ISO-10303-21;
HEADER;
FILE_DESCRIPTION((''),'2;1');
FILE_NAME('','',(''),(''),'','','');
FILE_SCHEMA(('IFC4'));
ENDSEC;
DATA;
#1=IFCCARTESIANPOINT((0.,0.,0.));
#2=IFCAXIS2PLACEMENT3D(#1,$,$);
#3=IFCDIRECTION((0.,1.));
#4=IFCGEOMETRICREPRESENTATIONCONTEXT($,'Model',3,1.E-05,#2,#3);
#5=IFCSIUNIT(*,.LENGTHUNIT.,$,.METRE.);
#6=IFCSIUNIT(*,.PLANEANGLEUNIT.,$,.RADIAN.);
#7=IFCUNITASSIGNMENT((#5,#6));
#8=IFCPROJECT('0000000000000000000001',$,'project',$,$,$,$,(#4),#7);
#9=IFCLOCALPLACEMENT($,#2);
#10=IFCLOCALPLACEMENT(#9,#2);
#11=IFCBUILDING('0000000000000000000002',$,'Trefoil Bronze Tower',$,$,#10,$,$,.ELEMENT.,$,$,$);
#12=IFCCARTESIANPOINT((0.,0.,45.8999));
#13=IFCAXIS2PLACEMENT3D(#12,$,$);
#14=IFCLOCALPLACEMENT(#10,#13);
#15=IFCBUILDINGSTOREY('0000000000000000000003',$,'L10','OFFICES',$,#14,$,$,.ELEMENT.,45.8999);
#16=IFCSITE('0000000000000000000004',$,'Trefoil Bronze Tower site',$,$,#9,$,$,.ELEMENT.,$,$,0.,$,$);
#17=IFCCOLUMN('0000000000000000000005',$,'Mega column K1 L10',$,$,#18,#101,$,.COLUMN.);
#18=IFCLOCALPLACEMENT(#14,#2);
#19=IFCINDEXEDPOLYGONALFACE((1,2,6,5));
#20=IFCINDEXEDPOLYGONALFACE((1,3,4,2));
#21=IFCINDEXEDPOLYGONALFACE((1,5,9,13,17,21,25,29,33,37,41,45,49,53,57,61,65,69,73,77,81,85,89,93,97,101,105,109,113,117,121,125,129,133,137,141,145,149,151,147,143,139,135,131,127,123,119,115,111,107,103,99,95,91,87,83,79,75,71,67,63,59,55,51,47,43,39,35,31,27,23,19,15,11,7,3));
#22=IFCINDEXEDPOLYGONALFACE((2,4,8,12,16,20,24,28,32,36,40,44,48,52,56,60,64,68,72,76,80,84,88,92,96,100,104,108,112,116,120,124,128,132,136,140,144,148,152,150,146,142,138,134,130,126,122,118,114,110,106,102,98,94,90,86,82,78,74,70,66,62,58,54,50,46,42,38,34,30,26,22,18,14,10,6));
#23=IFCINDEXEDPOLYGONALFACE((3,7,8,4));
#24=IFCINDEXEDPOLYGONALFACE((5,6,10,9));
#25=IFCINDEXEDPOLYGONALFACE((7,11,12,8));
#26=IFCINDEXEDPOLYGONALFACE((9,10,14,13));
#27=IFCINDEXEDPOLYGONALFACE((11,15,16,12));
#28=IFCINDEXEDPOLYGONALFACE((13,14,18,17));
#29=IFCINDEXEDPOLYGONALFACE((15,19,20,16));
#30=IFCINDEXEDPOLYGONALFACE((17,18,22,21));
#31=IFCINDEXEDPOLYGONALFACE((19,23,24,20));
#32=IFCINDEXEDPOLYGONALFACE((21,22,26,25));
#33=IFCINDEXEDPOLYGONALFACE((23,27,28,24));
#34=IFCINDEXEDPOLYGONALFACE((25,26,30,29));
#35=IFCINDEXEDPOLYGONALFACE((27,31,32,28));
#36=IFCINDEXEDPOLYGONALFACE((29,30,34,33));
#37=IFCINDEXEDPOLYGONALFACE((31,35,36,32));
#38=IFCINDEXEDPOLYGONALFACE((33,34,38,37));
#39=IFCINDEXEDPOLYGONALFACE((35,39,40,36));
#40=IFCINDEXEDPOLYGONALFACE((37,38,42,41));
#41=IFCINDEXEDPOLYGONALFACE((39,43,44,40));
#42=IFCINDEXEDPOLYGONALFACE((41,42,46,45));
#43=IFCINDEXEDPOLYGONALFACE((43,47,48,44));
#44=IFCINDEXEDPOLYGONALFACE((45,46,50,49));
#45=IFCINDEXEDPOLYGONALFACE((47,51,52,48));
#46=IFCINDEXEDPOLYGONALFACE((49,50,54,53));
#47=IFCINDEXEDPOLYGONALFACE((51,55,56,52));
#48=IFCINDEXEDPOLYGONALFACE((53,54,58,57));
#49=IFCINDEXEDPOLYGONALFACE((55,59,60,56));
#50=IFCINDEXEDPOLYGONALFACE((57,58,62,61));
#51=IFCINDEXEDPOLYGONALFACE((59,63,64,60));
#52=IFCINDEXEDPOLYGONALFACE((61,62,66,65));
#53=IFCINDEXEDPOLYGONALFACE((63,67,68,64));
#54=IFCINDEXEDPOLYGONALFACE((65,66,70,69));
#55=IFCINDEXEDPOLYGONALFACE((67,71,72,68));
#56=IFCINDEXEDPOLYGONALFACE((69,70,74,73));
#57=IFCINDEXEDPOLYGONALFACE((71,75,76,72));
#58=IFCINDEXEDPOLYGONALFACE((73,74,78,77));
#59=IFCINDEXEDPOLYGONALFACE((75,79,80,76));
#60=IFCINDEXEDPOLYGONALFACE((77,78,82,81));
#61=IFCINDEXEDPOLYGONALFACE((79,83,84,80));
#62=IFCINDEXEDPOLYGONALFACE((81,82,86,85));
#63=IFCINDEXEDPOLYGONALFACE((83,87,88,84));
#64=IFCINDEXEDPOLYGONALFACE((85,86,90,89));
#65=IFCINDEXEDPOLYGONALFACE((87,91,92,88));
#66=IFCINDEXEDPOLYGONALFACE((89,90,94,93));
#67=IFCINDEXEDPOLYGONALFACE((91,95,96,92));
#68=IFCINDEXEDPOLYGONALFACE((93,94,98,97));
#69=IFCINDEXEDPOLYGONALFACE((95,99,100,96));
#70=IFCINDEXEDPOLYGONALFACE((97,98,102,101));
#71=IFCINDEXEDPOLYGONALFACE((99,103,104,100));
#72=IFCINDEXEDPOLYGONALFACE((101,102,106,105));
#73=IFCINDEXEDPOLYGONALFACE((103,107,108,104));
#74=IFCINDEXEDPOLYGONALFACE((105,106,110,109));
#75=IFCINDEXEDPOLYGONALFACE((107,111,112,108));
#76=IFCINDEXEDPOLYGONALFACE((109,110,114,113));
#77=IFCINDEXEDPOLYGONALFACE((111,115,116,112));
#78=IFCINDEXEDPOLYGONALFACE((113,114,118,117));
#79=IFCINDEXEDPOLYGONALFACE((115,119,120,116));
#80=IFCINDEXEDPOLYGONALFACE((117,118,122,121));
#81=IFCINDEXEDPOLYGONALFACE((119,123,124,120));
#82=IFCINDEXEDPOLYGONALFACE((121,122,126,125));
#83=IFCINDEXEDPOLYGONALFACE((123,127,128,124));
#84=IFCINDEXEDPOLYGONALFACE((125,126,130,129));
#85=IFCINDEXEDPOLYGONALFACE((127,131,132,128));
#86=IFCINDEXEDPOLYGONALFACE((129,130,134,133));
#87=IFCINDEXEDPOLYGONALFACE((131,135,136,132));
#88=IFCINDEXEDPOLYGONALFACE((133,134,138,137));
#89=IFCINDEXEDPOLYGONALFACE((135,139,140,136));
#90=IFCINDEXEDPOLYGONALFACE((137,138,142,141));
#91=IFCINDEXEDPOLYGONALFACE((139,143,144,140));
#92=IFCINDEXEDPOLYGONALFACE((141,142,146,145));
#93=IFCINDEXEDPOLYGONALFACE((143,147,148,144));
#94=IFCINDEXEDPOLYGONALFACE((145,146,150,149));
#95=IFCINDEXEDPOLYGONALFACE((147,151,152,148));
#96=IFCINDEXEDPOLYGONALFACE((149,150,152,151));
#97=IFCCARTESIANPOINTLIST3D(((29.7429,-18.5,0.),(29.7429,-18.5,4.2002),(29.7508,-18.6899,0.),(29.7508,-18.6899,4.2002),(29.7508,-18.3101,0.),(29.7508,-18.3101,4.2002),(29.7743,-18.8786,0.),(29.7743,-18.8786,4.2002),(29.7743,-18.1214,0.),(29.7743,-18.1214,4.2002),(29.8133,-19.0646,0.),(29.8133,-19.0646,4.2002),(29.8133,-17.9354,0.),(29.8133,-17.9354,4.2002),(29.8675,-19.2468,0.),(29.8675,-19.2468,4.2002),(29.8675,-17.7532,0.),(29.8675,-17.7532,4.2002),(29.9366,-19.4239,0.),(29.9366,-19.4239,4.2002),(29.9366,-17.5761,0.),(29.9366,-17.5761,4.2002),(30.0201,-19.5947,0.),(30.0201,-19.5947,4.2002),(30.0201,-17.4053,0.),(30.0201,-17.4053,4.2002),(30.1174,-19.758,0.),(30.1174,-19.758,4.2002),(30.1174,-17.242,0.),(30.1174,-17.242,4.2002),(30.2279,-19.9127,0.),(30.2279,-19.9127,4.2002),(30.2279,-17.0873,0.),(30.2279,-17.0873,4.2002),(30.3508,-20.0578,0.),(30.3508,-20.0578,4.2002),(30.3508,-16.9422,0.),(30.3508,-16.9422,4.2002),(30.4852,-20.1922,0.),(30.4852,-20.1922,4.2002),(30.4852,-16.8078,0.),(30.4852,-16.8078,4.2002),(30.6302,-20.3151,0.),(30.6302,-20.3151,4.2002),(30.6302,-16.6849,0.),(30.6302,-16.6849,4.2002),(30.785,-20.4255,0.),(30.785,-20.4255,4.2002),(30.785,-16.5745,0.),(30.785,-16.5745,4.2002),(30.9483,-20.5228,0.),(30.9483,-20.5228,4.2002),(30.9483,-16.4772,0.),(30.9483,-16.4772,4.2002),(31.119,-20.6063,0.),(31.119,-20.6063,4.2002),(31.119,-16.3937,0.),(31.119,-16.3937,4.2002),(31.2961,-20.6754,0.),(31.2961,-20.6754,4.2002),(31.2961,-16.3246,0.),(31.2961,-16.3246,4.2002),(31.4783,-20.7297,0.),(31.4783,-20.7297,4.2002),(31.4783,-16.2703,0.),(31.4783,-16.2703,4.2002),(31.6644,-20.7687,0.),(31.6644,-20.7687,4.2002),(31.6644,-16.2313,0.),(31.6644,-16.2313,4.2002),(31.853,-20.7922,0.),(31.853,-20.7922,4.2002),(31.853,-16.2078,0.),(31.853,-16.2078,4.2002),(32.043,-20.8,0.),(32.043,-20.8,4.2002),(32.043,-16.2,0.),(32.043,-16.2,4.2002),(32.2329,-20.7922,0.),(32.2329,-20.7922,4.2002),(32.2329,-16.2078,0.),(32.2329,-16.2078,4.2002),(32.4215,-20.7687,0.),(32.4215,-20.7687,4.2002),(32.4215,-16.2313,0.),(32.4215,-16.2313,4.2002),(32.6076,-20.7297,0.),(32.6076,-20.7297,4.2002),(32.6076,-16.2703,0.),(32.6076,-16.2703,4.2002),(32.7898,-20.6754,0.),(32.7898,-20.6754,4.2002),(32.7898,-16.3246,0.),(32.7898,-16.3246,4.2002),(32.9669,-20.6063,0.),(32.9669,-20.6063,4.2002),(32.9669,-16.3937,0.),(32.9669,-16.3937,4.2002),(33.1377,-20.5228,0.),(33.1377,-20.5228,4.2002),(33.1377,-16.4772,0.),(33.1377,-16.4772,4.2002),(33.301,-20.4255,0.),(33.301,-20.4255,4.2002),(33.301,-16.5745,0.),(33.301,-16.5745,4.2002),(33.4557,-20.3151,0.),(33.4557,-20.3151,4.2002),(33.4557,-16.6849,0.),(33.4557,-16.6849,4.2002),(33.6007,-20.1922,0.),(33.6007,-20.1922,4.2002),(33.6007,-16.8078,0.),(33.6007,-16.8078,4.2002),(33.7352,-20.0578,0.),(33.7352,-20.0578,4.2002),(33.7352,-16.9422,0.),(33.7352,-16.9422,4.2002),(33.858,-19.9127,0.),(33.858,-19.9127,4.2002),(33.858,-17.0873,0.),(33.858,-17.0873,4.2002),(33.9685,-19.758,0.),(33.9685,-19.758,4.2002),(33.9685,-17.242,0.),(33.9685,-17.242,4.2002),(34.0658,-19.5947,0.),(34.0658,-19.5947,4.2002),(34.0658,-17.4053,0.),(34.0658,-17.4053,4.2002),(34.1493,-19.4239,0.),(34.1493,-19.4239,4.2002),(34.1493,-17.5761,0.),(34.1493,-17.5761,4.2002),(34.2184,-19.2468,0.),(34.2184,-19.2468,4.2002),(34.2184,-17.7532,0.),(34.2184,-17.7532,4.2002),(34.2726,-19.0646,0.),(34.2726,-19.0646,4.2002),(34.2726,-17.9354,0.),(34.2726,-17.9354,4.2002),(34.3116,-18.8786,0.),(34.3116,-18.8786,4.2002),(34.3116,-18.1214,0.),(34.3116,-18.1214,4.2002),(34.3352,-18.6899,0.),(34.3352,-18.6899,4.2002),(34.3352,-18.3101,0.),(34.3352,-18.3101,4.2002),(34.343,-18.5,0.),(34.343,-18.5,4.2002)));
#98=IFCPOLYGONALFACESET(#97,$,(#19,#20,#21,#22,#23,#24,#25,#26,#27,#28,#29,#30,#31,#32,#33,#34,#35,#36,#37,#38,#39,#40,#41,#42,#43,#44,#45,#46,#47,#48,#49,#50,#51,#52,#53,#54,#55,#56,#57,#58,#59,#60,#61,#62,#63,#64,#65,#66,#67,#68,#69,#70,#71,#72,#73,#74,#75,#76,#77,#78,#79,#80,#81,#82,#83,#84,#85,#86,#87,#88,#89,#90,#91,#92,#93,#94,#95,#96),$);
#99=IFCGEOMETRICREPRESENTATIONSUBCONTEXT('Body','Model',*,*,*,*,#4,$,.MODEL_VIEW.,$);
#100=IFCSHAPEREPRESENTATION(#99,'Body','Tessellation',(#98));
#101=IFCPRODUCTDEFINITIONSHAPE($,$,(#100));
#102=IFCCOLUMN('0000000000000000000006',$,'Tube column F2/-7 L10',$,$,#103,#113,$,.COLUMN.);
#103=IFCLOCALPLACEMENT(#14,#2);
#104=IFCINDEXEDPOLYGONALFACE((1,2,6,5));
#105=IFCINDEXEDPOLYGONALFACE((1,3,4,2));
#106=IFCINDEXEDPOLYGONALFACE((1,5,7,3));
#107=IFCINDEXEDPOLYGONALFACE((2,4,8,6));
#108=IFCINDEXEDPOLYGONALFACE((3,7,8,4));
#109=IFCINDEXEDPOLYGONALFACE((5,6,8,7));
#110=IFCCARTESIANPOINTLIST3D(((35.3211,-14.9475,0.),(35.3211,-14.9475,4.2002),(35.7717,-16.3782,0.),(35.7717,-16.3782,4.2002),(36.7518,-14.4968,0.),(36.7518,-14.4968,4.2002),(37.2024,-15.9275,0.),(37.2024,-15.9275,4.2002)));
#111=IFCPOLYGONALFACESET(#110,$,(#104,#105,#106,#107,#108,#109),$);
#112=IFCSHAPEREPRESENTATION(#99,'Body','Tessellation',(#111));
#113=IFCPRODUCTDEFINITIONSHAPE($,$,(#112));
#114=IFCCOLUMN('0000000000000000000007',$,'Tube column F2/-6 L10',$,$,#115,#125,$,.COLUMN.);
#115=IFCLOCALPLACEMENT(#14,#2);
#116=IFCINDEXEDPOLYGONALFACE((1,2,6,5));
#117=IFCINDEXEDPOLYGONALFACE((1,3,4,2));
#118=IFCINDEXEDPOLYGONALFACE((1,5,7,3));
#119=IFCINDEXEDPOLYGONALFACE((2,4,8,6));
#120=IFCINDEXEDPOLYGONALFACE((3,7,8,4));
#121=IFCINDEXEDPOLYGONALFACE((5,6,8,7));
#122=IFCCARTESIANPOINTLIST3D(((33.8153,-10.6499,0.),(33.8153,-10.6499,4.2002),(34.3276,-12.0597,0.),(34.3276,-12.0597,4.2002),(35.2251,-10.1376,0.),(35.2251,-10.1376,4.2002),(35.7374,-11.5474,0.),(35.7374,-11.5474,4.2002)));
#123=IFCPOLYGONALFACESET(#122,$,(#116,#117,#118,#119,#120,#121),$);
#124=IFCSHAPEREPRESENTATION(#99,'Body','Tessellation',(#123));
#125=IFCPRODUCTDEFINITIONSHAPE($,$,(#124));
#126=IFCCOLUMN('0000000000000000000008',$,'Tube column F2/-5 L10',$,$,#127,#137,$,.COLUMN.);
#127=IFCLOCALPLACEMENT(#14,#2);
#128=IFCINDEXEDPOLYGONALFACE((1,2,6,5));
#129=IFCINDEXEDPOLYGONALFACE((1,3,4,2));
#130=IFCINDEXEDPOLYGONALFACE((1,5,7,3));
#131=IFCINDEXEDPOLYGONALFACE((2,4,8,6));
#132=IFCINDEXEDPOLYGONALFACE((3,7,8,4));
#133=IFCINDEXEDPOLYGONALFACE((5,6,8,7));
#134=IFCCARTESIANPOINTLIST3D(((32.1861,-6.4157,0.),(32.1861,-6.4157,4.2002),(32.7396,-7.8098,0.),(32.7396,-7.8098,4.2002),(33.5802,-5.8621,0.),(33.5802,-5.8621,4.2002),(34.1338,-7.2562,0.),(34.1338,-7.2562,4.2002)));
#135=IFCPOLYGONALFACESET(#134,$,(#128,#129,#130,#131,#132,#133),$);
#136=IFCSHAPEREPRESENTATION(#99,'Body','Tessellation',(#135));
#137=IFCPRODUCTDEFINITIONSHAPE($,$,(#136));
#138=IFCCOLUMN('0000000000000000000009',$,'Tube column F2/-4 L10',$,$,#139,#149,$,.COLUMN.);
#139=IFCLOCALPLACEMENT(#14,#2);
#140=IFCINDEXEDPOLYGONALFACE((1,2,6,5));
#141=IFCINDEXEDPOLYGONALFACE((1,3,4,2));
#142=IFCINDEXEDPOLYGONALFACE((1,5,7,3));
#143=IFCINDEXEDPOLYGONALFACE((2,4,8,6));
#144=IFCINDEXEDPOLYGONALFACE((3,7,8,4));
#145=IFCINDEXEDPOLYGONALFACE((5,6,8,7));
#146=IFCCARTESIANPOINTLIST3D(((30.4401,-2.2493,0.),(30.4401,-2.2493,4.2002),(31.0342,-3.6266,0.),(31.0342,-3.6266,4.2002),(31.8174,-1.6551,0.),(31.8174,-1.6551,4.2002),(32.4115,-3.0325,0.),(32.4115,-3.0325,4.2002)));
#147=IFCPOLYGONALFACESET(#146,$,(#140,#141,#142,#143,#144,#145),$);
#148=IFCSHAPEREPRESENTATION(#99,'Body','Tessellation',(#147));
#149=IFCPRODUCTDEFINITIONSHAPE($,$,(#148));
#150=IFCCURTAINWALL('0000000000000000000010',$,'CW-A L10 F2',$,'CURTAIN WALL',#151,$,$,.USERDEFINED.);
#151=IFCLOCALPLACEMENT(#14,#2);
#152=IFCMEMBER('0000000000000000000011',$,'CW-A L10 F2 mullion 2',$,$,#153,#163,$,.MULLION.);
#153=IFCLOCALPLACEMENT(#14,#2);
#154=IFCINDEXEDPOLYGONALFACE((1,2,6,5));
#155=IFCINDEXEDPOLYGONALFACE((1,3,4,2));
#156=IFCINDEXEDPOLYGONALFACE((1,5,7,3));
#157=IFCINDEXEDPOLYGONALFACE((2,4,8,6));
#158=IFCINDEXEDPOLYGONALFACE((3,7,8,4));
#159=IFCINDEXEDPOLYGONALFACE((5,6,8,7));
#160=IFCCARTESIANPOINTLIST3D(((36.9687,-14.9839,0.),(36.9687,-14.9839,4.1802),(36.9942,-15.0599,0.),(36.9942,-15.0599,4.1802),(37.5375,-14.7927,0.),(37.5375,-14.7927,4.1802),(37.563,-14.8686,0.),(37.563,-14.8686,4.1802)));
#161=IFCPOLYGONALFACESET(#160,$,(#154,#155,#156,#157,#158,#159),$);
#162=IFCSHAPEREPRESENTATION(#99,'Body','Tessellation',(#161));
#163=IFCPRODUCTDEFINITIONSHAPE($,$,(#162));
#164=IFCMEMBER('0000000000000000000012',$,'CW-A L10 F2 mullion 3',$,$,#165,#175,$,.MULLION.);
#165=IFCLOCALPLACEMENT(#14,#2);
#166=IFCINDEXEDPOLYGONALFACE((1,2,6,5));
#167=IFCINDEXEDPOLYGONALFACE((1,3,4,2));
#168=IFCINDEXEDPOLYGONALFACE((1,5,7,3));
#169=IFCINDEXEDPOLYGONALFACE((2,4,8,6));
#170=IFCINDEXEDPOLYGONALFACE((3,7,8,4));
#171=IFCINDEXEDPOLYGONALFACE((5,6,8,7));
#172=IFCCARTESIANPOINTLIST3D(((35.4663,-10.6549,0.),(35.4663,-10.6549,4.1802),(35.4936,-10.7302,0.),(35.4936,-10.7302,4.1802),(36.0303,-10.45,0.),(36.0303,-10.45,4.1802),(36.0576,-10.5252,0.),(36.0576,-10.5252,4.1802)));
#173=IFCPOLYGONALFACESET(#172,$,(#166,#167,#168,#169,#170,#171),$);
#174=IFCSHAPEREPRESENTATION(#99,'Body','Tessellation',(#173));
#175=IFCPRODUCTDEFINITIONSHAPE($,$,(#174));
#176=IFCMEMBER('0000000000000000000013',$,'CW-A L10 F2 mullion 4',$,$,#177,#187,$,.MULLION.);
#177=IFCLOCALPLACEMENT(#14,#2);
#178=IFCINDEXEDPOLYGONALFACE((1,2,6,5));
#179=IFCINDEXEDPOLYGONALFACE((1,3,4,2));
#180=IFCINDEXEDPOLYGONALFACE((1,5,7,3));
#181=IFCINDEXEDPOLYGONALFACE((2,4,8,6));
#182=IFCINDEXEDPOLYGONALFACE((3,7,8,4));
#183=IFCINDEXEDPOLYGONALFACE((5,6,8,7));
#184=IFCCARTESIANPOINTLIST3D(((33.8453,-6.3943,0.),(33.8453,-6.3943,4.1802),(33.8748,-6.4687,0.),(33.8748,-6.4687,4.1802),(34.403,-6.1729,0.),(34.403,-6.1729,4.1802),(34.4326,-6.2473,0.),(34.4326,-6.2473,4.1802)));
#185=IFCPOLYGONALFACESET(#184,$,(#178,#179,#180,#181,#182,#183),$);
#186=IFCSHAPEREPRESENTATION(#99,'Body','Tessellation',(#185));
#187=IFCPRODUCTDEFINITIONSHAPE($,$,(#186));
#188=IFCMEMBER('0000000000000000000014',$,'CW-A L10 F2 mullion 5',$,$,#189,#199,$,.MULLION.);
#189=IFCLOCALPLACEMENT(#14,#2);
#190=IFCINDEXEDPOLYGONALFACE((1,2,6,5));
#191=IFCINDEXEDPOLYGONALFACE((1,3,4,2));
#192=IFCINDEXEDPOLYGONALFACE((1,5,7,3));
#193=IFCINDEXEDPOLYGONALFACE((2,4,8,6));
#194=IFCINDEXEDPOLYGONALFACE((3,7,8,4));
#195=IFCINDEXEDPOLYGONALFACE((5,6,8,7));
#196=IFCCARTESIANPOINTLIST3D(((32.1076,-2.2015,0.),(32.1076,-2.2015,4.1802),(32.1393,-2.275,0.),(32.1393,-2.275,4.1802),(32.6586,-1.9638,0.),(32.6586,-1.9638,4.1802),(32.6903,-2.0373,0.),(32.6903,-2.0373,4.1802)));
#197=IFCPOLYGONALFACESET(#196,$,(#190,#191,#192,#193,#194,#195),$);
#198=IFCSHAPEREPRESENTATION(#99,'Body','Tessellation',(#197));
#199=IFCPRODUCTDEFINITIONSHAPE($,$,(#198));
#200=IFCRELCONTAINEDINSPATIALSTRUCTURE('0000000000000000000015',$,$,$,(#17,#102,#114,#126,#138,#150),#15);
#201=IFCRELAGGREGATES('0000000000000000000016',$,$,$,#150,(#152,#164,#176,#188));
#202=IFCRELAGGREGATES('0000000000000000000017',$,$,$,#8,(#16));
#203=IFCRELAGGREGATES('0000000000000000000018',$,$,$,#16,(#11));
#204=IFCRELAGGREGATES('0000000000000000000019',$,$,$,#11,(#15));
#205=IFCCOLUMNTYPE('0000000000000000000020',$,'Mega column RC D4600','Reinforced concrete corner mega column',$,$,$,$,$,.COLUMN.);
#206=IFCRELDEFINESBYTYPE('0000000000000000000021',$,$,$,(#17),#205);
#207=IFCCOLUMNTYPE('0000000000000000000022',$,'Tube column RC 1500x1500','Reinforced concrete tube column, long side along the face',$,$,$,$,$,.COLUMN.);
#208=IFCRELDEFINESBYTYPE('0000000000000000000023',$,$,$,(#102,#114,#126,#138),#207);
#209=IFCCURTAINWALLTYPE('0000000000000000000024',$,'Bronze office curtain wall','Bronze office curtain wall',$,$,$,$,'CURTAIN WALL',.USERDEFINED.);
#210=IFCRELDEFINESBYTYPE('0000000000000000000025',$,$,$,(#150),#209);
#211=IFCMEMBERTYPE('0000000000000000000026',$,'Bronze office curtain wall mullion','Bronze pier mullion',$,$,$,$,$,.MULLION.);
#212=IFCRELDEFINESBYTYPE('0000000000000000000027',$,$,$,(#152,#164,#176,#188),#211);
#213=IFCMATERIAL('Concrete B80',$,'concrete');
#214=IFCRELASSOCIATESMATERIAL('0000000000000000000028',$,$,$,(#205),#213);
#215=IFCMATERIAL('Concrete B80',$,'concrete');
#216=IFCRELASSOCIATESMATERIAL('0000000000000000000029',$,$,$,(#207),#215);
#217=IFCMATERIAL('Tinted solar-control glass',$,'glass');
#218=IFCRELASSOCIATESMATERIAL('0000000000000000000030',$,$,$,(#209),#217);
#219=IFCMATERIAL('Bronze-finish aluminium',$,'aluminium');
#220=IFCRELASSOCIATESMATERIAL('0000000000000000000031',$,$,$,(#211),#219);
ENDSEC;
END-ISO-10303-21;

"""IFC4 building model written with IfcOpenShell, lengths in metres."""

from ifc_helpers import new_model, si_unit, direction, frame, origin, origin_2d, place, context, subcontext, project, spatial, rectangle, circle, extrude, material, material_profile, profile_set, type_object, element, aggregate, save


model = new_model("IFC4")

# Units and contexts
model_context = context("Model", 3, precision=1e-05, world=origin(), true_north=direction((0.0, 1.0)))
body_context = subcontext(model_context, "Body", "Model", "MODEL_VIEW")
ifc_project = project(units=[si_unit("LENGTHUNIT", "METRE"), si_unit("PLANEANGLEUNIT", "RADIAN")], contexts=[model_context])

# Site, building, storey
site_placement = place(None, origin())
site = spatial("IfcSite", under=ifc_project, at=site_placement, Name="Trefoil Bronze Tower site", CompositionType="ELEMENT", RefElevation=0.0)
building_placement = place(site_placement, origin())
building = spatial("IfcBuilding", under=site, at=building_placement, Name="Trefoil Bronze Tower", CompositionType="ELEMENT")
storey_placement = place(building_placement, frame((0.0, 0.0, 45.8999)))
storey = spatial("IfcBuildingStorey", under=building, at=storey_placement, Name="L10", Description="OFFICES", CompositionType="ELEMENT", Elevation=45.8999)

# Columns
ifc_material_1 = material(Name="Concrete B80", Category="concrete")
ifc_material_profile_1 = material_profile(ifc_material_1, circle(Radius=2.3, at=origin_2d()), Name="RC D4600")
ifc_profile_set_1 = profile_set([ifc_material_profile_1], Name="Concrete B80")
column_type_1 = type_object("IfcColumnType", Name="Mega column RC D4600", Description="Reinforced concrete corner mega column", PredefinedType="COLUMN", material=ifc_profile_set_1)
column_placement = place(storey_placement, frame((32.043, -18.5, 0.0), z_axis=(0.0, 0.0, 1.0), x_axis=(1.0, 0.0, 0.0)))
element("IfcColumn", 1, at=column_placement, inside=storey, type_object=column_type_1, Name="Mega column K1 L10", PredefinedType="COLUMN", context=body_context, shape_type="SweptSolid", body=[
    extrude(circle(Radius=2.3, at=origin_2d()), origin(), (0.0, 0.0, 1.0), 4.2002),
])
ifc_material_2 = material(Name="Concrete B80", Category="concrete")
ifc_material_profile_2 = material_profile(ifc_material_2, rectangle(XDim=1.5, YDim=1.5, at=origin_2d()), Name="RC 1500x1500")
ifc_profile_set_2 = profile_set([ifc_material_profile_2], Name="Concrete B80")
column_type_2 = type_object("IfcColumnType", Name="Tube column RC 1500x1500", Description="Reinforced concrete tube column, long side along the face", PredefinedType="COLUMN", material=ifc_profile_set_2)
for number, where, z_axis, x_axis, name in (
    (2, (36.2617, -15.4375, 0.0), (0.0, 0.0, 1.0), (-0.300414, 0.953809, 0.0), "Tube column F2/-7 L10"),
    (3, (34.7764, -11.0986, 0.0), (0.0, 0.0, 1.0), (-0.341559, 0.93986, 0.0), "Tube column F2/-6 L10"),
    (4, (33.1599, -6.8359, 0.0), (0.0, 0.0, 1.0), (-0.36904, 0.929414, 0.0), "Tube column F2/-5 L10"),
    (5, (31.4258, -2.6409, 0.0), (0.0, 0.0, 1.0), (-0.396085, 0.918214, 0.0), "Tube column F2/-4 L10"),
):
    element("IfcColumn", number, at=place(storey_placement, frame(where, z_axis=z_axis, x_axis=x_axis)), inside=storey, type_object=column_type_2, Name=name, PredefinedType="COLUMN", context=body_context, shape_type="SweptSolid", body=[
        extrude(rectangle(XDim=1.5, YDim=1.5, at=origin_2d()), origin(), (0.0, 0.0, 1.0), 4.2002),
    ])

# Curtain wall, members
ifc_material_3 = material(Name="Tinted solar-control glass", Category="glass")
curtain_wall_type_1 = type_object("IfcCurtainWallType", Name="Bronze office curtain wall", Description="Bronze office curtain wall", ElementType="CURTAIN WALL", PredefinedType="USERDEFINED", material=ifc_material_3)
curtain_wall_1_placement = place(storey_placement, origin())
curtain_wall_1 = element("IfcCurtainWall", 6, at=curtain_wall_1_placement, inside=storey, type_object=curtain_wall_type_1, Name="CW-A L10 F2", ObjectType="CURTAIN WALL", PredefinedType="USERDEFINED")
ifc_material_4 = material(Name="Bronze-finish aluminium", Category="aluminium")
ifc_material_profile_3 = material_profile(ifc_material_4, rectangle(XDim=0.6001, YDim=0.0801, at=origin_2d()), Name="CW-A mullion")
ifc_profile_set_3 = profile_set([ifc_material_profile_3], Name="Bronze-finish aluminium")
member_type_1 = type_object("IfcMemberType", Name="Bronze office curtain wall mullion", Description="Bronze pier mullion", PredefinedType="MULLION", material=ifc_profile_set_3)
member_1_placement = place(storey_placement, frame((37.2659, -14.9263, 0.0), z_axis=(0.0, 0.0, 1.0), x_axis=(-0.947851, -0.318715, 0.0)))
member_1 = element("IfcMember", 7, at=member_1_placement, type_object=member_type_1, Name="CW-A L10 F2 mullion 2", PredefinedType="MULLION", context=body_context, shape_type="SweptSolid", body=[
    extrude(rectangle(XDim=0.6001, YDim=0.0801, at=origin_2d()), origin(), (0.0, 0.0, 1.0), 4.1802),
])
member_2_placement = place(storey_placement, frame((35.762, -10.5901, 0.0), z_axis=(0.0, 0.0, 1.0), x_axis=(-0.93986, -0.341559, 0.0)))
member_2 = element("IfcMember", 8, at=member_2_placement, type_object=member_type_1, Name="CW-A L10 F2 mullion 3", PredefinedType="MULLION", context=body_context, shape_type="SweptSolid", body=[
    extrude(rectangle(XDim=0.6001, YDim=0.0801, at=origin_2d()), origin(), (0.0, 0.0, 1.0), 4.1802),
])
member_3_placement = place(storey_placement, frame((34.1389, -6.3208, 0.0), z_axis=(0.0, 0.0, 1.0), x_axis=(-0.929414, -0.36904, 0.0)))
member_3 = element("IfcMember", 9, at=member_3_placement, type_object=member_type_1, Name="CW-A L10 F2 mullion 4", PredefinedType="MULLION", context=body_context, shape_type="SweptSolid", body=[
    extrude(rectangle(XDim=0.6001, YDim=0.0801, at=origin_2d()), origin(), (0.0, 0.0, 1.0), 4.1802),
])
member_4_placement = place(storey_placement, frame((32.3989, -2.1194, 0.0), z_axis=(0.0, 0.0, 1.0), x_axis=(-0.918214, -0.396085, 0.0)))
member_4 = element("IfcMember", 10, at=member_4_placement, type_object=member_type_1, Name="CW-A L10 F2 mullion 5", PredefinedType="MULLION", context=body_context, shape_type="SweptSolid", body=[
    extrude(rectangle(XDim=0.6001, YDim=0.0801, at=origin_2d()), origin(), (0.0, 0.0, 1.0), 4.1802),
])

aggregate(curtain_wall_1, [member_1, member_2, member_3, member_4])

save(model, "model.ifc")
